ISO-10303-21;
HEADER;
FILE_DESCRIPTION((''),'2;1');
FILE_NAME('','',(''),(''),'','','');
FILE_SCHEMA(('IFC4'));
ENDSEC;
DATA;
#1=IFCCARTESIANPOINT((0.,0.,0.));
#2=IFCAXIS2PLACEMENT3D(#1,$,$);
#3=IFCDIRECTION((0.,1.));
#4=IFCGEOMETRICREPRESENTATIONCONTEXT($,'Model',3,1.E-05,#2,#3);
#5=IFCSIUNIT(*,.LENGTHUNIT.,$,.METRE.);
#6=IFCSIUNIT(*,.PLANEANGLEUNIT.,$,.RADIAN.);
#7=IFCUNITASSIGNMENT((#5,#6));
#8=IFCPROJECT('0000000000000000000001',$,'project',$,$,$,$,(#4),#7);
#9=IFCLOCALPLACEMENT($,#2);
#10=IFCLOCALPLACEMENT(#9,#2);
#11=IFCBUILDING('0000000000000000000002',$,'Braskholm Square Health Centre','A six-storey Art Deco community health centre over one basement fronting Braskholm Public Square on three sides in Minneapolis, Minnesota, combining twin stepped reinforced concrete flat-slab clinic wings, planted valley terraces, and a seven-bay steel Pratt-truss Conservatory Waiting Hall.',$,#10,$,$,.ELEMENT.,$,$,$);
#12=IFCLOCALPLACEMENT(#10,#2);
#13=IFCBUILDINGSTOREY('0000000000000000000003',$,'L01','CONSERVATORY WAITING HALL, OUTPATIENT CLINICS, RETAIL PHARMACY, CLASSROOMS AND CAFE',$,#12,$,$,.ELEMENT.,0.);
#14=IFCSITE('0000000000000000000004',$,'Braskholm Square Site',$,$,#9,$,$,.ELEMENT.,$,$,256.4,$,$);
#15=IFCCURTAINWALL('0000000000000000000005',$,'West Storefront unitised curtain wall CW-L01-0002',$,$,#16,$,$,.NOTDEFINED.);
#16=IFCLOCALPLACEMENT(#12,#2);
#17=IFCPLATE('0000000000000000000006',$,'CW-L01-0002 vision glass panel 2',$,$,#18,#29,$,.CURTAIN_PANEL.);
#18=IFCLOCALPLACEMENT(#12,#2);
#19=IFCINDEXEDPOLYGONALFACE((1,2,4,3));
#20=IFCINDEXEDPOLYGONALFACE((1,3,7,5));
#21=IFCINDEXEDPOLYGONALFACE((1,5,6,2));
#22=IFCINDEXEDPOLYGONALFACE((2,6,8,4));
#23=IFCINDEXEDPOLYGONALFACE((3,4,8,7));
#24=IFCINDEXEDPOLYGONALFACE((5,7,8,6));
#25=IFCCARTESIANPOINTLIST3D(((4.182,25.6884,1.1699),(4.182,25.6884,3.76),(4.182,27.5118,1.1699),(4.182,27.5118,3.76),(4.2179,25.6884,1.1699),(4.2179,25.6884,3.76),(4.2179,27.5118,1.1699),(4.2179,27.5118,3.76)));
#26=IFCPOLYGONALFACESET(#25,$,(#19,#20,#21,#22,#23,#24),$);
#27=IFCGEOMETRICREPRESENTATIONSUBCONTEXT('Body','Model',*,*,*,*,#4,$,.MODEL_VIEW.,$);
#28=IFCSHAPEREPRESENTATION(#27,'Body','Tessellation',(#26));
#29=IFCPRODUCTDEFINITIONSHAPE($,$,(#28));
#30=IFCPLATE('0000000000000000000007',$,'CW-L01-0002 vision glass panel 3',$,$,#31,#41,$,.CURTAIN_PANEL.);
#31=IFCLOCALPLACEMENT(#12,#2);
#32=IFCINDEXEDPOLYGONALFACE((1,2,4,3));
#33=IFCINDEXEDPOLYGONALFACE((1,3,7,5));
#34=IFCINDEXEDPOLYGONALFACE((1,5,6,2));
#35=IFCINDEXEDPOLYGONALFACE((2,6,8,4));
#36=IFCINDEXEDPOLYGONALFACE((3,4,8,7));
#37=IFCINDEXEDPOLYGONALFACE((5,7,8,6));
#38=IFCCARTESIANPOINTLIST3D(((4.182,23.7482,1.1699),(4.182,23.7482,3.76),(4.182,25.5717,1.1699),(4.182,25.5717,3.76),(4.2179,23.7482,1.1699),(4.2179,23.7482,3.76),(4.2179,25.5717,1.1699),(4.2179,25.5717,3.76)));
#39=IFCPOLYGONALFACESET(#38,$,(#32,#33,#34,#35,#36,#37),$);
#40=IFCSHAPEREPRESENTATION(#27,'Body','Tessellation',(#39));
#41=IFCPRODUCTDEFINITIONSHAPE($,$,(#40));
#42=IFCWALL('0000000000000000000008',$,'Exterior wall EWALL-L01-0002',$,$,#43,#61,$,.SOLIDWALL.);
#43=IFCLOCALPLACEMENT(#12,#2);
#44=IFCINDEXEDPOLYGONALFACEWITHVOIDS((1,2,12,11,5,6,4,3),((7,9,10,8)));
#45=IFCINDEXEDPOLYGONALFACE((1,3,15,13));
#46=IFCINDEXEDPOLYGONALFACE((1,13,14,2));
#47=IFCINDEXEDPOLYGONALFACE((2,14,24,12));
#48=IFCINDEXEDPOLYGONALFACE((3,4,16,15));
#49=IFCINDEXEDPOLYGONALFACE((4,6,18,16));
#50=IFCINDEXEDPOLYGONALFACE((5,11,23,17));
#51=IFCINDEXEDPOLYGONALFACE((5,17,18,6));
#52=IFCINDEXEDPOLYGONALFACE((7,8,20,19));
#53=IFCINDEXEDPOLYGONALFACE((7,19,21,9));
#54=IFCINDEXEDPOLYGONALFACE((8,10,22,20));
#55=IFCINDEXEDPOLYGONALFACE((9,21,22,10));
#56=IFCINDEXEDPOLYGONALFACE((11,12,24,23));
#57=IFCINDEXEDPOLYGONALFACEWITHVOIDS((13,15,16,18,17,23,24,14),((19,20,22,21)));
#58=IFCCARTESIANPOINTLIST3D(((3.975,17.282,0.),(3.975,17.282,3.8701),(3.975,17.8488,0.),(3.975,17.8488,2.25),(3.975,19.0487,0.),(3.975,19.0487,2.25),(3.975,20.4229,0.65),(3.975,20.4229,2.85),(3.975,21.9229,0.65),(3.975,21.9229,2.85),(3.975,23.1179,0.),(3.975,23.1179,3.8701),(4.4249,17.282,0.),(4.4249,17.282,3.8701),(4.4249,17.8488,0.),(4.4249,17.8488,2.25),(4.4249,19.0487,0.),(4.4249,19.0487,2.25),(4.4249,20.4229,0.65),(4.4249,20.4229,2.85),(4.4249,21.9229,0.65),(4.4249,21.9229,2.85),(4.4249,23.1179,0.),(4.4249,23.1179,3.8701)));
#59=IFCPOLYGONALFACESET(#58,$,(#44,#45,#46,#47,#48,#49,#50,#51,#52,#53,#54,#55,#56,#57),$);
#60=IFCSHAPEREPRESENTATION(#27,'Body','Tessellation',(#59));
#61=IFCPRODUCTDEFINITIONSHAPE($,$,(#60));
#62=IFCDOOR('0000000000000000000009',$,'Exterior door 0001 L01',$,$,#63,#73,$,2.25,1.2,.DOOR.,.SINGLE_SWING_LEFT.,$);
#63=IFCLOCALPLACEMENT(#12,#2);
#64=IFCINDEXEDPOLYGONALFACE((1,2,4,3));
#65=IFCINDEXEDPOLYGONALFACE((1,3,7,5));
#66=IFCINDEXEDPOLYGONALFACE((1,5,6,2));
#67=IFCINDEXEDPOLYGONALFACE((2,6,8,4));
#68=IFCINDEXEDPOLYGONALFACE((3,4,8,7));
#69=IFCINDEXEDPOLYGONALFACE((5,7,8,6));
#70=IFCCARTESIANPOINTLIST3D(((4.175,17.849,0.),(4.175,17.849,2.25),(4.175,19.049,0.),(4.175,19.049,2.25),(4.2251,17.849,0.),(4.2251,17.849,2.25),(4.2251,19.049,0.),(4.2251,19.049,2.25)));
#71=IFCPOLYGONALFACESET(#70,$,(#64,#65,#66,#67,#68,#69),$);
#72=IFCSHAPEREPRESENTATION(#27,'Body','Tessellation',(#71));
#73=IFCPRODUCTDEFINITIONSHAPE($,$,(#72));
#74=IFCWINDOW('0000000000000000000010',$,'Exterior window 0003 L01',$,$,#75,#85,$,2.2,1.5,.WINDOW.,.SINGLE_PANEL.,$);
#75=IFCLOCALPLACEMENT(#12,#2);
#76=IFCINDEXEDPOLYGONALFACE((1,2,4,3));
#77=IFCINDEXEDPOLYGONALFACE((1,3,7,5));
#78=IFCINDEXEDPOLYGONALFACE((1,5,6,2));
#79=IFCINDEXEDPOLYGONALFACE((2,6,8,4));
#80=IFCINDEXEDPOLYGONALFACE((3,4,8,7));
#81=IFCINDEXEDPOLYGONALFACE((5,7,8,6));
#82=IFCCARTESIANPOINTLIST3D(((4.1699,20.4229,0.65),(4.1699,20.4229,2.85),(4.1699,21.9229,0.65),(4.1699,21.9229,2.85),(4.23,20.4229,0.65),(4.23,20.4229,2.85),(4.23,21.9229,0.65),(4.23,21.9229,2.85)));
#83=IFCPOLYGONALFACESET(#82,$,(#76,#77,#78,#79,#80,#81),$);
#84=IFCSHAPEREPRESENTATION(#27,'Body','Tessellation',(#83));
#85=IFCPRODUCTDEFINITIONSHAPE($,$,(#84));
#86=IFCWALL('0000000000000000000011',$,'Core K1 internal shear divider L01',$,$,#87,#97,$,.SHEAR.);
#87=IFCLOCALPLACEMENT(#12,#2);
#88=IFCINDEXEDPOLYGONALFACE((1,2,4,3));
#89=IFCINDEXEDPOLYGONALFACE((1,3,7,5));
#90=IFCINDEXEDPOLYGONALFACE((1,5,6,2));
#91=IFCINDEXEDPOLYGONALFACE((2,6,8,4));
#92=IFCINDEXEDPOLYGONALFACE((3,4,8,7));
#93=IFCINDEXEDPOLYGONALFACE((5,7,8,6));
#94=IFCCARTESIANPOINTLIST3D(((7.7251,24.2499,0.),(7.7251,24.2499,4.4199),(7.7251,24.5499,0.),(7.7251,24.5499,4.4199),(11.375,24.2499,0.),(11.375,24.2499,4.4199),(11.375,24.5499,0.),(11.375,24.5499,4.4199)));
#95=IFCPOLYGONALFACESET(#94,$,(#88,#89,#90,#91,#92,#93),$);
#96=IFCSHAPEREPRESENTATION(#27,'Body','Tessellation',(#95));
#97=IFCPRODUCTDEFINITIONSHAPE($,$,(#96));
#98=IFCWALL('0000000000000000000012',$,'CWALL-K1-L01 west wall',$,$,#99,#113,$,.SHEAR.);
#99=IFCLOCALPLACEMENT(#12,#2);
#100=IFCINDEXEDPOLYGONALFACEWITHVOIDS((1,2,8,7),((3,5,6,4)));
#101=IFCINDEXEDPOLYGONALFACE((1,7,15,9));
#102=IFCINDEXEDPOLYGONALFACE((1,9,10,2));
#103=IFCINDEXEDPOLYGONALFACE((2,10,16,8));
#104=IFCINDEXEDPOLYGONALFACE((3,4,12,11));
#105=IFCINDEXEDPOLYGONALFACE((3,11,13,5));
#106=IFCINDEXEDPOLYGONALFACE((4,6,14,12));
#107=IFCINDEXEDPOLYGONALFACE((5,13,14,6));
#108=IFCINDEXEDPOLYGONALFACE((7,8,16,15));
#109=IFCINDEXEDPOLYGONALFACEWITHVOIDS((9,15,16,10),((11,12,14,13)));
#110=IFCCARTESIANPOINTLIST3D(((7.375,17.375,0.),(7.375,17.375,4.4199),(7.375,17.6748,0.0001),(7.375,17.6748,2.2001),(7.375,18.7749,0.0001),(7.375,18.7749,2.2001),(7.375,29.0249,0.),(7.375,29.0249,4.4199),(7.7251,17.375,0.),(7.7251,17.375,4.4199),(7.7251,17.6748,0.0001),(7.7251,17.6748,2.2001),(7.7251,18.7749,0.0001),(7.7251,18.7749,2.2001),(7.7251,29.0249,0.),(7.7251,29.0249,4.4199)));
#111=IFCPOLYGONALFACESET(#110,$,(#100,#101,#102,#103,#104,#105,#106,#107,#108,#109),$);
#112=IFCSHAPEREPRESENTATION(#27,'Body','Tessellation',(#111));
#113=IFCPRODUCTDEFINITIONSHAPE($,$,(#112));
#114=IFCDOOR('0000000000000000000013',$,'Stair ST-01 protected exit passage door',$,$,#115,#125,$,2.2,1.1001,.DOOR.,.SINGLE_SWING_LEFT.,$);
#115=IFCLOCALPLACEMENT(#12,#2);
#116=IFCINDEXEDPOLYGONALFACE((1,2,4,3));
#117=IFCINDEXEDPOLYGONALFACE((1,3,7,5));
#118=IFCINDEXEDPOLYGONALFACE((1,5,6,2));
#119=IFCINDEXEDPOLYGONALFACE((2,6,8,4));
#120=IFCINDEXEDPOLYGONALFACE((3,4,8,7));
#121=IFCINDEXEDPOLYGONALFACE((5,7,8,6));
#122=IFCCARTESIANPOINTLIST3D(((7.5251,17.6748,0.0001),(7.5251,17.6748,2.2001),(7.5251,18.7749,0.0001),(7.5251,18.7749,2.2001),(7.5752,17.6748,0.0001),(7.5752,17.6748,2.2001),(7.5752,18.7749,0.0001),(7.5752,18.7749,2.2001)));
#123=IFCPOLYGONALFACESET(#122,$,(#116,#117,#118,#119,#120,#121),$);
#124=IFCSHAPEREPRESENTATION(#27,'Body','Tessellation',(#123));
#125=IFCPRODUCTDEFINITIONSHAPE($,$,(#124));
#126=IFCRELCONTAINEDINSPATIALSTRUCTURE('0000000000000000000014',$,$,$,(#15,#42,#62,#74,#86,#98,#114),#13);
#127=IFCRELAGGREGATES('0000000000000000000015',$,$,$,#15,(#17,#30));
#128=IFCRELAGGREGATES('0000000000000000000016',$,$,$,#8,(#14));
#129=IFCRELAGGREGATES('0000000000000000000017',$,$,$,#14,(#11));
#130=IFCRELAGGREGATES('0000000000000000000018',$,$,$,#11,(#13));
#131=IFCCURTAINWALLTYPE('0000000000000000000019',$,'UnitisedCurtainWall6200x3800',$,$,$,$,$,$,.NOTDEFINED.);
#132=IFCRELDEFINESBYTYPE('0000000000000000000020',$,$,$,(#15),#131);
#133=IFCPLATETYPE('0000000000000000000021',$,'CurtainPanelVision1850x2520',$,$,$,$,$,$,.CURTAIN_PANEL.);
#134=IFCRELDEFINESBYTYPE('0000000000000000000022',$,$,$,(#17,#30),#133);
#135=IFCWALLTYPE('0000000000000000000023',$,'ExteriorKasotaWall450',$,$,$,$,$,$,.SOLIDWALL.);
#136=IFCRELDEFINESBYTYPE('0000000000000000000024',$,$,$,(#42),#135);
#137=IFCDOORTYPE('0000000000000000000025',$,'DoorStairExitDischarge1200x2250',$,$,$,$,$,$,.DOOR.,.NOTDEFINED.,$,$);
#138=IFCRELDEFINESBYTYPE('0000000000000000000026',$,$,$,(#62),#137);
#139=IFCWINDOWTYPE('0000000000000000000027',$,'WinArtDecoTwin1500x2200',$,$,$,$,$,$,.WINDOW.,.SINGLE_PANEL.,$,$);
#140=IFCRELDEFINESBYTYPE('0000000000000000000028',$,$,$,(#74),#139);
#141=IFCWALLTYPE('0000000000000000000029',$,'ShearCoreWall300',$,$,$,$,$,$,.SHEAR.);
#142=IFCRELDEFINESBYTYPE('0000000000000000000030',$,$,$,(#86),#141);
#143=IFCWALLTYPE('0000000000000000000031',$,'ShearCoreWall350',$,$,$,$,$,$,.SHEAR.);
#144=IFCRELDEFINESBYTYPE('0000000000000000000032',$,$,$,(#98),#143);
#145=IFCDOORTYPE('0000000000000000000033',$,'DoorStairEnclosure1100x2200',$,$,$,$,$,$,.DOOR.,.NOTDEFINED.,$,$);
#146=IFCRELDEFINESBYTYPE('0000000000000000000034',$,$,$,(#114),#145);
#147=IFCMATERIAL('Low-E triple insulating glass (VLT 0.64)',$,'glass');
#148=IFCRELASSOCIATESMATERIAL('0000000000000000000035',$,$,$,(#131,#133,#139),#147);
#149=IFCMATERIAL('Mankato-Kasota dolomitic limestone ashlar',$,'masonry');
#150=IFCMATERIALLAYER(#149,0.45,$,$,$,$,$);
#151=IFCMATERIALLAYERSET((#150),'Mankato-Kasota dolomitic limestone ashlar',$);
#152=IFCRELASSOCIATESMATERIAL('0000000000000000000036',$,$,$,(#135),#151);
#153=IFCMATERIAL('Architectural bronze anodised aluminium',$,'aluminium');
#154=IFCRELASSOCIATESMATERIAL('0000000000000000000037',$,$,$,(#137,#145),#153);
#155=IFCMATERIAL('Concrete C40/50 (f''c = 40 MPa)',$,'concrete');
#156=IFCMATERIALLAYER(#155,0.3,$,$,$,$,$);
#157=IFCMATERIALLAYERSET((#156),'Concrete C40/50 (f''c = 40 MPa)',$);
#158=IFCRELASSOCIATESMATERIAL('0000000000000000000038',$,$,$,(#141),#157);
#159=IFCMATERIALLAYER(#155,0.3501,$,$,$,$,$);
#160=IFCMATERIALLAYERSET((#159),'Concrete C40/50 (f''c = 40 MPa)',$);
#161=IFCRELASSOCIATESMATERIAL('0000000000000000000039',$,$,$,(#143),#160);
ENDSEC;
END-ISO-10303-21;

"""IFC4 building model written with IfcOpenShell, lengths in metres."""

from ifc_helpers import new_model, si_unit, direction, frame, frame_2d, origin, origin_with_axes, origin_2d, place, context, subcontext, project, spatial, rectangle, extrude, material, layer, layer_set, type_object, element, fill, aggregate, save


model = new_model("IFC4")

# Units and contexts
model_context = context("Model", 3, precision=1e-05, world=origin(), true_north=direction((0.0, 1.0)))
body_context = subcontext(model_context, "Body", "Model", "MODEL_VIEW")
ifc_project = project(units=[si_unit("LENGTHUNIT", "METRE"), si_unit("PLANEANGLEUNIT", "RADIAN")], contexts=[model_context])

# Site, building, storey
site_placement = place(None, origin())
site = spatial("IfcSite", under=ifc_project, at=site_placement, Name="Braskholm Square Site", CompositionType="ELEMENT", RefElevation=256.4)
building_placement = place(site_placement, origin())
building = spatial("IfcBuilding", under=site, at=building_placement, Name="Braskholm Square Health Centre", Description="A six-storey Art Deco community health centre over one basement fronting Braskholm Public Square on three sides in Minneapolis, Minnesota, combining twin stepped reinforced concrete flat-slab clinic wings, planted valley terraces, and a seven-bay steel Pratt-truss Conservatory Waiting Hall.", CompositionType="ELEMENT")
storey_placement = place(building_placement, origin())
storey = spatial("IfcBuildingStorey", under=building, at=storey_placement, Name="L01", Description="CONSERVATORY WAITING HALL, OUTPATIENT CLINICS, RETAIL PHARMACY, CLASSROOMS AND CAFE", CompositionType="ELEMENT", Elevation=0.0)

# Curtain wall
ifc_material_1 = material(Name="Low-E triple insulating glass (VLT 0.64)", Category="glass")
curtain_wall_type = type_object("IfcCurtainWallType", Name="UnitisedCurtainWall6200x3800", PredefinedType="NOTDEFINED", material=ifc_material_1)
curtain_wall_placement = place(storey_placement, origin())
curtain_wall = element("IfcCurtainWall", 1, at=curtain_wall_placement, inside=storey, type_object=curtain_wall_type, Name="West Storefront unitised curtain wall CW-L01-0002", PredefinedType="NOTDEFINED")
ifc_material_2 = material(Name="Architectural bronze anodised aluminium", Category="aluminium")

# Shared definitions
ifc_material_3 = material(Name="Concrete C40/50 (f'c = 40 MPa)", Category="concrete")

# Plates
plate_type_1 = type_object("IfcPlateType", Name="CurtainPanelVision1850x2520", PredefinedType="CURTAIN_PANEL", material=ifc_material_1)
plate_1_placement = place(storey_placement, frame((4.2, 26.6001, 1.1699), z_axis=(0.0, 0.0, 1.0), x_axis=(0.0, -1.0, 0.0)))
plate_1 = element("IfcPlate", 2, at=plate_1_placement, type_object=plate_type_1, Name="CW-L01-0002 vision glass panel 2", PredefinedType="CURTAIN_PANEL", context=body_context, shape_type="SweptSolid", body=[
    extrude(rectangle(XDim=1.8235, YDim=0.0359, at=origin_2d()), origin(), (0.0, 0.0, 1.0), 2.5901),
])
plate_2_placement = place(storey_placement, frame((4.2, 24.6599, 1.1699), z_axis=(0.0, 0.0, 1.0), x_axis=(0.0, -1.0, 0.0)))
plate_2 = element("IfcPlate", 3, at=plate_2_placement, type_object=plate_type_1, Name="CW-L01-0002 vision glass panel 3", PredefinedType="CURTAIN_PANEL", context=body_context, shape_type="SweptSolid", body=[
    extrude(rectangle(XDim=1.8235, YDim=0.0359, at=origin_2d()), origin(), (0.0, 0.0, 1.0), 2.5901),
])
aggregate(curtain_wall, [plate_1, plate_2])

# Wall, openings, door, window
ifc_material_4 = material(Name="Mankato-Kasota dolomitic limestone ashlar", Category="masonry")
ifc_layer_1 = layer(ifc_material_4, 0.45)
ifc_layer_set_1 = layer_set([ifc_layer_1], Name="Mankato-Kasota dolomitic limestone ashlar")
wall_type_1 = type_object("IfcWallType", Name="ExteriorKasotaWall450", PredefinedType="SOLIDWALL", material=ifc_layer_set_1)
wall_1_placement = place(storey_placement, frame((4.2, 23.1179, 0.0), z_axis=(0.0, 0.0, 1.0), x_axis=(0.0, -1.0, 0.0)))
wall_1 = element("IfcWall", 4, at=wall_1_placement, inside=storey, type_object=wall_type_1, Name="Exterior wall EWALL-L01-0002", PredefinedType="SOLIDWALL", context=body_context, shape_type="SweptSolid", body=[
    extrude(rectangle(XDim=5.8359, YDim=0.45, at=frame_2d((2.918, 0.0))), origin(), (0.0, 0.0, 1.0), 3.8701),
])
opening_1_placement = place(wall_1_placement, frame((4.0691, 0.0, 0.0)))
opening_1 = element("IfcOpeningElement", 5, at=opening_1_placement, cuts=wall_1, PredefinedType="OPENING", context=body_context, shape_type="SweptSolid", body=[
    extrude(rectangle(XDim=1.2, YDim=2.25, at=frame_2d((0.6001, 1.125))), frame((0.0, 0.2349, 0.0), z_axis=(0.0, -1.0, 0.0), x_axis=(1.0, 0.0, 0.0)), (0.0, 0.0, 1.0), 0.47),
])
opening_2_placement = place(wall_1_placement, frame((1.1951, 0.0, 0.6499)))
opening_2 = element("IfcOpeningElement", 6, at=opening_2_placement, cuts=wall_1, PredefinedType="OPENING", context=body_context, shape_type="SweptSolid", body=[
    extrude(rectangle(XDim=1.5, YDim=2.2, at=frame_2d((0.75, 1.1001))), frame((0.0, 0.2349, 0.0), z_axis=(0.0, -1.0, 0.0), x_axis=(1.0, 0.0, 0.0)), (0.0, 0.0, 1.0), 0.47),
])
door_type_1 = type_object("IfcDoorType", Name="DoorStairExitDischarge1200x2250", OperationType="NOTDEFINED", PredefinedType="DOOR", material=ifc_material_2)
door_1_placement = place(opening_1_placement, frame((1.2, 0.0, 0.0), z_axis=(0.0, 0.0, 1.0), x_axis=(-1.0, 0.0, 0.0)))
door_1 = element("IfcDoor", 7, at=door_1_placement, inside=storey, type_object=door_type_1, Name="Exterior door 0001 L01", OperationType="SINGLE_SWING_LEFT", OverallHeight=2.25, OverallWidth=1.2, PredefinedType="DOOR", context=body_context, shape_type="SweptSolid", body=[
    extrude(rectangle(XDim=1.2, YDim=2.25, at=frame_2d((0.6001, 1.125))), frame((0.0, 0.0249, 0.0), z_axis=(0.0, -1.0, 0.0), x_axis=(1.0, 0.0, 0.0)), (0.0, 0.0, 1.0), 0.05),
])
fill(opening_1, door_1)
window_type = type_object("IfcWindowType", Name="WinArtDecoTwin1500x2200", PartitioningType="SINGLE_PANEL", PredefinedType="WINDOW", material=ifc_material_1)
window_placement = place(opening_2_placement, origin_with_axes())
window = element("IfcWindow", 8, at=window_placement, inside=storey, type_object=window_type, Name="Exterior window 0003 L01", OverallHeight=2.2, OverallWidth=1.5, PartitioningType="SINGLE_PANEL", PredefinedType="WINDOW", context=body_context, shape_type="SweptSolid", body=[
    extrude(rectangle(XDim=1.5, YDim=2.2, at=frame_2d((0.75, 1.1001))), frame((0.0, 0.03, 0.0), z_axis=(0.0, -1.0, 0.0), x_axis=(1.0, 0.0, 0.0)), (0.0, 0.0, 1.0), 0.0601),
])
fill(opening_2, window)

# Wall
ifc_layer_2 = layer(ifc_material_3, 0.3)
ifc_layer_set_2 = layer_set([ifc_layer_2], Name="Concrete C40/50 (f'c = 40 MPa)")
wall_type_2 = type_object("IfcWallType", Name="ShearCoreWall300", PredefinedType="SHEAR", material=ifc_layer_set_2)
wall_2_placement = place(storey_placement, frame((7.7251, 24.3999, 0.0), z_axis=(0.0, 0.0, 1.0), x_axis=(1.0, 0.0, 0.0)))
element("IfcWall", 9, at=wall_2_placement, inside=storey, type_object=wall_type_2, Name="Core K1 internal shear divider L01", PredefinedType="SHEAR", context=body_context, shape_type="SweptSolid", body=[
    extrude(rectangle(XDim=3.6499, YDim=0.3, at=frame_2d((1.825, 0.0))), origin(), (0.0, 0.0, 1.0), 4.4199),
])

# Wall, opening, door
ifc_layer_3 = layer(ifc_material_3, 0.3501)
ifc_layer_set_3 = layer_set([ifc_layer_3], Name="Concrete C40/50 (f'c = 40 MPa)")
wall_type_3 = type_object("IfcWallType", Name="ShearCoreWall350", PredefinedType="SHEAR", material=ifc_layer_set_3)
wall_3_placement = place(storey_placement, frame((7.55, 29.0249, 0.0), z_axis=(0.0, 0.0, 1.0), x_axis=(0.0, -1.0, 0.0)))
wall_3 = element("IfcWall", 10, at=wall_3_placement, inside=storey, type_object=wall_type_3, Name="CWALL-K1-L01 west wall", PredefinedType="SHEAR", context=body_context, shape_type="SweptSolid", body=[
    extrude(rectangle(XDim=11.6499, YDim=0.3501, at=frame_2d((5.825, 0.0))), origin(), (0.0, 0.0, 1.0), 4.4199),
])
opening_3_placement = place(wall_3_placement, frame((10.25, 0.0, 0.0)))
opening_3 = element("IfcOpeningElement", 11, at=opening_3_placement, cuts=wall_3, PredefinedType="OPENING", context=body_context, shape_type="SweptSolid", body=[
    extrude(rectangle(XDim=1.1001, YDim=2.2, at=frame_2d((0.55, 1.1001))), frame((0.0, 0.1851, 0.0), z_axis=(0.0, -1.0, 0.0), x_axis=(1.0, 0.0, 0.0)), (0.0, 0.0, 1.0), 0.3701),
])
door_type_2 = type_object("IfcDoorType", Name="DoorStairEnclosure1100x2200", OperationType="NOTDEFINED", PredefinedType="DOOR", material=ifc_material_2)
door_2_placement = place(opening_3_placement, frame((1.1001, 0.0, 0.0), z_axis=(0.0, 0.0, 1.0), x_axis=(-1.0, 0.0, 0.0)))
door_2 = element("IfcDoor", 12, at=door_2_placement, inside=storey, type_object=door_type_2, Name="Stair ST-01 protected exit passage door", OperationType="SINGLE_SWING_LEFT", OverallHeight=2.2, OverallWidth=1.1001, PredefinedType="DOOR", context=body_context, shape_type="SweptSolid", body=[
    extrude(rectangle(XDim=1.1001, YDim=2.2, at=frame_2d((0.55, 1.1001))), frame((0.0, 0.0249, 0.0), z_axis=(0.0, -1.0, 0.0), x_axis=(1.0, 0.0, 0.0)), (0.0, 0.0, 1.0), 0.05),
])
fill(opening_3, door_2)

save(model, "model.ifc")
